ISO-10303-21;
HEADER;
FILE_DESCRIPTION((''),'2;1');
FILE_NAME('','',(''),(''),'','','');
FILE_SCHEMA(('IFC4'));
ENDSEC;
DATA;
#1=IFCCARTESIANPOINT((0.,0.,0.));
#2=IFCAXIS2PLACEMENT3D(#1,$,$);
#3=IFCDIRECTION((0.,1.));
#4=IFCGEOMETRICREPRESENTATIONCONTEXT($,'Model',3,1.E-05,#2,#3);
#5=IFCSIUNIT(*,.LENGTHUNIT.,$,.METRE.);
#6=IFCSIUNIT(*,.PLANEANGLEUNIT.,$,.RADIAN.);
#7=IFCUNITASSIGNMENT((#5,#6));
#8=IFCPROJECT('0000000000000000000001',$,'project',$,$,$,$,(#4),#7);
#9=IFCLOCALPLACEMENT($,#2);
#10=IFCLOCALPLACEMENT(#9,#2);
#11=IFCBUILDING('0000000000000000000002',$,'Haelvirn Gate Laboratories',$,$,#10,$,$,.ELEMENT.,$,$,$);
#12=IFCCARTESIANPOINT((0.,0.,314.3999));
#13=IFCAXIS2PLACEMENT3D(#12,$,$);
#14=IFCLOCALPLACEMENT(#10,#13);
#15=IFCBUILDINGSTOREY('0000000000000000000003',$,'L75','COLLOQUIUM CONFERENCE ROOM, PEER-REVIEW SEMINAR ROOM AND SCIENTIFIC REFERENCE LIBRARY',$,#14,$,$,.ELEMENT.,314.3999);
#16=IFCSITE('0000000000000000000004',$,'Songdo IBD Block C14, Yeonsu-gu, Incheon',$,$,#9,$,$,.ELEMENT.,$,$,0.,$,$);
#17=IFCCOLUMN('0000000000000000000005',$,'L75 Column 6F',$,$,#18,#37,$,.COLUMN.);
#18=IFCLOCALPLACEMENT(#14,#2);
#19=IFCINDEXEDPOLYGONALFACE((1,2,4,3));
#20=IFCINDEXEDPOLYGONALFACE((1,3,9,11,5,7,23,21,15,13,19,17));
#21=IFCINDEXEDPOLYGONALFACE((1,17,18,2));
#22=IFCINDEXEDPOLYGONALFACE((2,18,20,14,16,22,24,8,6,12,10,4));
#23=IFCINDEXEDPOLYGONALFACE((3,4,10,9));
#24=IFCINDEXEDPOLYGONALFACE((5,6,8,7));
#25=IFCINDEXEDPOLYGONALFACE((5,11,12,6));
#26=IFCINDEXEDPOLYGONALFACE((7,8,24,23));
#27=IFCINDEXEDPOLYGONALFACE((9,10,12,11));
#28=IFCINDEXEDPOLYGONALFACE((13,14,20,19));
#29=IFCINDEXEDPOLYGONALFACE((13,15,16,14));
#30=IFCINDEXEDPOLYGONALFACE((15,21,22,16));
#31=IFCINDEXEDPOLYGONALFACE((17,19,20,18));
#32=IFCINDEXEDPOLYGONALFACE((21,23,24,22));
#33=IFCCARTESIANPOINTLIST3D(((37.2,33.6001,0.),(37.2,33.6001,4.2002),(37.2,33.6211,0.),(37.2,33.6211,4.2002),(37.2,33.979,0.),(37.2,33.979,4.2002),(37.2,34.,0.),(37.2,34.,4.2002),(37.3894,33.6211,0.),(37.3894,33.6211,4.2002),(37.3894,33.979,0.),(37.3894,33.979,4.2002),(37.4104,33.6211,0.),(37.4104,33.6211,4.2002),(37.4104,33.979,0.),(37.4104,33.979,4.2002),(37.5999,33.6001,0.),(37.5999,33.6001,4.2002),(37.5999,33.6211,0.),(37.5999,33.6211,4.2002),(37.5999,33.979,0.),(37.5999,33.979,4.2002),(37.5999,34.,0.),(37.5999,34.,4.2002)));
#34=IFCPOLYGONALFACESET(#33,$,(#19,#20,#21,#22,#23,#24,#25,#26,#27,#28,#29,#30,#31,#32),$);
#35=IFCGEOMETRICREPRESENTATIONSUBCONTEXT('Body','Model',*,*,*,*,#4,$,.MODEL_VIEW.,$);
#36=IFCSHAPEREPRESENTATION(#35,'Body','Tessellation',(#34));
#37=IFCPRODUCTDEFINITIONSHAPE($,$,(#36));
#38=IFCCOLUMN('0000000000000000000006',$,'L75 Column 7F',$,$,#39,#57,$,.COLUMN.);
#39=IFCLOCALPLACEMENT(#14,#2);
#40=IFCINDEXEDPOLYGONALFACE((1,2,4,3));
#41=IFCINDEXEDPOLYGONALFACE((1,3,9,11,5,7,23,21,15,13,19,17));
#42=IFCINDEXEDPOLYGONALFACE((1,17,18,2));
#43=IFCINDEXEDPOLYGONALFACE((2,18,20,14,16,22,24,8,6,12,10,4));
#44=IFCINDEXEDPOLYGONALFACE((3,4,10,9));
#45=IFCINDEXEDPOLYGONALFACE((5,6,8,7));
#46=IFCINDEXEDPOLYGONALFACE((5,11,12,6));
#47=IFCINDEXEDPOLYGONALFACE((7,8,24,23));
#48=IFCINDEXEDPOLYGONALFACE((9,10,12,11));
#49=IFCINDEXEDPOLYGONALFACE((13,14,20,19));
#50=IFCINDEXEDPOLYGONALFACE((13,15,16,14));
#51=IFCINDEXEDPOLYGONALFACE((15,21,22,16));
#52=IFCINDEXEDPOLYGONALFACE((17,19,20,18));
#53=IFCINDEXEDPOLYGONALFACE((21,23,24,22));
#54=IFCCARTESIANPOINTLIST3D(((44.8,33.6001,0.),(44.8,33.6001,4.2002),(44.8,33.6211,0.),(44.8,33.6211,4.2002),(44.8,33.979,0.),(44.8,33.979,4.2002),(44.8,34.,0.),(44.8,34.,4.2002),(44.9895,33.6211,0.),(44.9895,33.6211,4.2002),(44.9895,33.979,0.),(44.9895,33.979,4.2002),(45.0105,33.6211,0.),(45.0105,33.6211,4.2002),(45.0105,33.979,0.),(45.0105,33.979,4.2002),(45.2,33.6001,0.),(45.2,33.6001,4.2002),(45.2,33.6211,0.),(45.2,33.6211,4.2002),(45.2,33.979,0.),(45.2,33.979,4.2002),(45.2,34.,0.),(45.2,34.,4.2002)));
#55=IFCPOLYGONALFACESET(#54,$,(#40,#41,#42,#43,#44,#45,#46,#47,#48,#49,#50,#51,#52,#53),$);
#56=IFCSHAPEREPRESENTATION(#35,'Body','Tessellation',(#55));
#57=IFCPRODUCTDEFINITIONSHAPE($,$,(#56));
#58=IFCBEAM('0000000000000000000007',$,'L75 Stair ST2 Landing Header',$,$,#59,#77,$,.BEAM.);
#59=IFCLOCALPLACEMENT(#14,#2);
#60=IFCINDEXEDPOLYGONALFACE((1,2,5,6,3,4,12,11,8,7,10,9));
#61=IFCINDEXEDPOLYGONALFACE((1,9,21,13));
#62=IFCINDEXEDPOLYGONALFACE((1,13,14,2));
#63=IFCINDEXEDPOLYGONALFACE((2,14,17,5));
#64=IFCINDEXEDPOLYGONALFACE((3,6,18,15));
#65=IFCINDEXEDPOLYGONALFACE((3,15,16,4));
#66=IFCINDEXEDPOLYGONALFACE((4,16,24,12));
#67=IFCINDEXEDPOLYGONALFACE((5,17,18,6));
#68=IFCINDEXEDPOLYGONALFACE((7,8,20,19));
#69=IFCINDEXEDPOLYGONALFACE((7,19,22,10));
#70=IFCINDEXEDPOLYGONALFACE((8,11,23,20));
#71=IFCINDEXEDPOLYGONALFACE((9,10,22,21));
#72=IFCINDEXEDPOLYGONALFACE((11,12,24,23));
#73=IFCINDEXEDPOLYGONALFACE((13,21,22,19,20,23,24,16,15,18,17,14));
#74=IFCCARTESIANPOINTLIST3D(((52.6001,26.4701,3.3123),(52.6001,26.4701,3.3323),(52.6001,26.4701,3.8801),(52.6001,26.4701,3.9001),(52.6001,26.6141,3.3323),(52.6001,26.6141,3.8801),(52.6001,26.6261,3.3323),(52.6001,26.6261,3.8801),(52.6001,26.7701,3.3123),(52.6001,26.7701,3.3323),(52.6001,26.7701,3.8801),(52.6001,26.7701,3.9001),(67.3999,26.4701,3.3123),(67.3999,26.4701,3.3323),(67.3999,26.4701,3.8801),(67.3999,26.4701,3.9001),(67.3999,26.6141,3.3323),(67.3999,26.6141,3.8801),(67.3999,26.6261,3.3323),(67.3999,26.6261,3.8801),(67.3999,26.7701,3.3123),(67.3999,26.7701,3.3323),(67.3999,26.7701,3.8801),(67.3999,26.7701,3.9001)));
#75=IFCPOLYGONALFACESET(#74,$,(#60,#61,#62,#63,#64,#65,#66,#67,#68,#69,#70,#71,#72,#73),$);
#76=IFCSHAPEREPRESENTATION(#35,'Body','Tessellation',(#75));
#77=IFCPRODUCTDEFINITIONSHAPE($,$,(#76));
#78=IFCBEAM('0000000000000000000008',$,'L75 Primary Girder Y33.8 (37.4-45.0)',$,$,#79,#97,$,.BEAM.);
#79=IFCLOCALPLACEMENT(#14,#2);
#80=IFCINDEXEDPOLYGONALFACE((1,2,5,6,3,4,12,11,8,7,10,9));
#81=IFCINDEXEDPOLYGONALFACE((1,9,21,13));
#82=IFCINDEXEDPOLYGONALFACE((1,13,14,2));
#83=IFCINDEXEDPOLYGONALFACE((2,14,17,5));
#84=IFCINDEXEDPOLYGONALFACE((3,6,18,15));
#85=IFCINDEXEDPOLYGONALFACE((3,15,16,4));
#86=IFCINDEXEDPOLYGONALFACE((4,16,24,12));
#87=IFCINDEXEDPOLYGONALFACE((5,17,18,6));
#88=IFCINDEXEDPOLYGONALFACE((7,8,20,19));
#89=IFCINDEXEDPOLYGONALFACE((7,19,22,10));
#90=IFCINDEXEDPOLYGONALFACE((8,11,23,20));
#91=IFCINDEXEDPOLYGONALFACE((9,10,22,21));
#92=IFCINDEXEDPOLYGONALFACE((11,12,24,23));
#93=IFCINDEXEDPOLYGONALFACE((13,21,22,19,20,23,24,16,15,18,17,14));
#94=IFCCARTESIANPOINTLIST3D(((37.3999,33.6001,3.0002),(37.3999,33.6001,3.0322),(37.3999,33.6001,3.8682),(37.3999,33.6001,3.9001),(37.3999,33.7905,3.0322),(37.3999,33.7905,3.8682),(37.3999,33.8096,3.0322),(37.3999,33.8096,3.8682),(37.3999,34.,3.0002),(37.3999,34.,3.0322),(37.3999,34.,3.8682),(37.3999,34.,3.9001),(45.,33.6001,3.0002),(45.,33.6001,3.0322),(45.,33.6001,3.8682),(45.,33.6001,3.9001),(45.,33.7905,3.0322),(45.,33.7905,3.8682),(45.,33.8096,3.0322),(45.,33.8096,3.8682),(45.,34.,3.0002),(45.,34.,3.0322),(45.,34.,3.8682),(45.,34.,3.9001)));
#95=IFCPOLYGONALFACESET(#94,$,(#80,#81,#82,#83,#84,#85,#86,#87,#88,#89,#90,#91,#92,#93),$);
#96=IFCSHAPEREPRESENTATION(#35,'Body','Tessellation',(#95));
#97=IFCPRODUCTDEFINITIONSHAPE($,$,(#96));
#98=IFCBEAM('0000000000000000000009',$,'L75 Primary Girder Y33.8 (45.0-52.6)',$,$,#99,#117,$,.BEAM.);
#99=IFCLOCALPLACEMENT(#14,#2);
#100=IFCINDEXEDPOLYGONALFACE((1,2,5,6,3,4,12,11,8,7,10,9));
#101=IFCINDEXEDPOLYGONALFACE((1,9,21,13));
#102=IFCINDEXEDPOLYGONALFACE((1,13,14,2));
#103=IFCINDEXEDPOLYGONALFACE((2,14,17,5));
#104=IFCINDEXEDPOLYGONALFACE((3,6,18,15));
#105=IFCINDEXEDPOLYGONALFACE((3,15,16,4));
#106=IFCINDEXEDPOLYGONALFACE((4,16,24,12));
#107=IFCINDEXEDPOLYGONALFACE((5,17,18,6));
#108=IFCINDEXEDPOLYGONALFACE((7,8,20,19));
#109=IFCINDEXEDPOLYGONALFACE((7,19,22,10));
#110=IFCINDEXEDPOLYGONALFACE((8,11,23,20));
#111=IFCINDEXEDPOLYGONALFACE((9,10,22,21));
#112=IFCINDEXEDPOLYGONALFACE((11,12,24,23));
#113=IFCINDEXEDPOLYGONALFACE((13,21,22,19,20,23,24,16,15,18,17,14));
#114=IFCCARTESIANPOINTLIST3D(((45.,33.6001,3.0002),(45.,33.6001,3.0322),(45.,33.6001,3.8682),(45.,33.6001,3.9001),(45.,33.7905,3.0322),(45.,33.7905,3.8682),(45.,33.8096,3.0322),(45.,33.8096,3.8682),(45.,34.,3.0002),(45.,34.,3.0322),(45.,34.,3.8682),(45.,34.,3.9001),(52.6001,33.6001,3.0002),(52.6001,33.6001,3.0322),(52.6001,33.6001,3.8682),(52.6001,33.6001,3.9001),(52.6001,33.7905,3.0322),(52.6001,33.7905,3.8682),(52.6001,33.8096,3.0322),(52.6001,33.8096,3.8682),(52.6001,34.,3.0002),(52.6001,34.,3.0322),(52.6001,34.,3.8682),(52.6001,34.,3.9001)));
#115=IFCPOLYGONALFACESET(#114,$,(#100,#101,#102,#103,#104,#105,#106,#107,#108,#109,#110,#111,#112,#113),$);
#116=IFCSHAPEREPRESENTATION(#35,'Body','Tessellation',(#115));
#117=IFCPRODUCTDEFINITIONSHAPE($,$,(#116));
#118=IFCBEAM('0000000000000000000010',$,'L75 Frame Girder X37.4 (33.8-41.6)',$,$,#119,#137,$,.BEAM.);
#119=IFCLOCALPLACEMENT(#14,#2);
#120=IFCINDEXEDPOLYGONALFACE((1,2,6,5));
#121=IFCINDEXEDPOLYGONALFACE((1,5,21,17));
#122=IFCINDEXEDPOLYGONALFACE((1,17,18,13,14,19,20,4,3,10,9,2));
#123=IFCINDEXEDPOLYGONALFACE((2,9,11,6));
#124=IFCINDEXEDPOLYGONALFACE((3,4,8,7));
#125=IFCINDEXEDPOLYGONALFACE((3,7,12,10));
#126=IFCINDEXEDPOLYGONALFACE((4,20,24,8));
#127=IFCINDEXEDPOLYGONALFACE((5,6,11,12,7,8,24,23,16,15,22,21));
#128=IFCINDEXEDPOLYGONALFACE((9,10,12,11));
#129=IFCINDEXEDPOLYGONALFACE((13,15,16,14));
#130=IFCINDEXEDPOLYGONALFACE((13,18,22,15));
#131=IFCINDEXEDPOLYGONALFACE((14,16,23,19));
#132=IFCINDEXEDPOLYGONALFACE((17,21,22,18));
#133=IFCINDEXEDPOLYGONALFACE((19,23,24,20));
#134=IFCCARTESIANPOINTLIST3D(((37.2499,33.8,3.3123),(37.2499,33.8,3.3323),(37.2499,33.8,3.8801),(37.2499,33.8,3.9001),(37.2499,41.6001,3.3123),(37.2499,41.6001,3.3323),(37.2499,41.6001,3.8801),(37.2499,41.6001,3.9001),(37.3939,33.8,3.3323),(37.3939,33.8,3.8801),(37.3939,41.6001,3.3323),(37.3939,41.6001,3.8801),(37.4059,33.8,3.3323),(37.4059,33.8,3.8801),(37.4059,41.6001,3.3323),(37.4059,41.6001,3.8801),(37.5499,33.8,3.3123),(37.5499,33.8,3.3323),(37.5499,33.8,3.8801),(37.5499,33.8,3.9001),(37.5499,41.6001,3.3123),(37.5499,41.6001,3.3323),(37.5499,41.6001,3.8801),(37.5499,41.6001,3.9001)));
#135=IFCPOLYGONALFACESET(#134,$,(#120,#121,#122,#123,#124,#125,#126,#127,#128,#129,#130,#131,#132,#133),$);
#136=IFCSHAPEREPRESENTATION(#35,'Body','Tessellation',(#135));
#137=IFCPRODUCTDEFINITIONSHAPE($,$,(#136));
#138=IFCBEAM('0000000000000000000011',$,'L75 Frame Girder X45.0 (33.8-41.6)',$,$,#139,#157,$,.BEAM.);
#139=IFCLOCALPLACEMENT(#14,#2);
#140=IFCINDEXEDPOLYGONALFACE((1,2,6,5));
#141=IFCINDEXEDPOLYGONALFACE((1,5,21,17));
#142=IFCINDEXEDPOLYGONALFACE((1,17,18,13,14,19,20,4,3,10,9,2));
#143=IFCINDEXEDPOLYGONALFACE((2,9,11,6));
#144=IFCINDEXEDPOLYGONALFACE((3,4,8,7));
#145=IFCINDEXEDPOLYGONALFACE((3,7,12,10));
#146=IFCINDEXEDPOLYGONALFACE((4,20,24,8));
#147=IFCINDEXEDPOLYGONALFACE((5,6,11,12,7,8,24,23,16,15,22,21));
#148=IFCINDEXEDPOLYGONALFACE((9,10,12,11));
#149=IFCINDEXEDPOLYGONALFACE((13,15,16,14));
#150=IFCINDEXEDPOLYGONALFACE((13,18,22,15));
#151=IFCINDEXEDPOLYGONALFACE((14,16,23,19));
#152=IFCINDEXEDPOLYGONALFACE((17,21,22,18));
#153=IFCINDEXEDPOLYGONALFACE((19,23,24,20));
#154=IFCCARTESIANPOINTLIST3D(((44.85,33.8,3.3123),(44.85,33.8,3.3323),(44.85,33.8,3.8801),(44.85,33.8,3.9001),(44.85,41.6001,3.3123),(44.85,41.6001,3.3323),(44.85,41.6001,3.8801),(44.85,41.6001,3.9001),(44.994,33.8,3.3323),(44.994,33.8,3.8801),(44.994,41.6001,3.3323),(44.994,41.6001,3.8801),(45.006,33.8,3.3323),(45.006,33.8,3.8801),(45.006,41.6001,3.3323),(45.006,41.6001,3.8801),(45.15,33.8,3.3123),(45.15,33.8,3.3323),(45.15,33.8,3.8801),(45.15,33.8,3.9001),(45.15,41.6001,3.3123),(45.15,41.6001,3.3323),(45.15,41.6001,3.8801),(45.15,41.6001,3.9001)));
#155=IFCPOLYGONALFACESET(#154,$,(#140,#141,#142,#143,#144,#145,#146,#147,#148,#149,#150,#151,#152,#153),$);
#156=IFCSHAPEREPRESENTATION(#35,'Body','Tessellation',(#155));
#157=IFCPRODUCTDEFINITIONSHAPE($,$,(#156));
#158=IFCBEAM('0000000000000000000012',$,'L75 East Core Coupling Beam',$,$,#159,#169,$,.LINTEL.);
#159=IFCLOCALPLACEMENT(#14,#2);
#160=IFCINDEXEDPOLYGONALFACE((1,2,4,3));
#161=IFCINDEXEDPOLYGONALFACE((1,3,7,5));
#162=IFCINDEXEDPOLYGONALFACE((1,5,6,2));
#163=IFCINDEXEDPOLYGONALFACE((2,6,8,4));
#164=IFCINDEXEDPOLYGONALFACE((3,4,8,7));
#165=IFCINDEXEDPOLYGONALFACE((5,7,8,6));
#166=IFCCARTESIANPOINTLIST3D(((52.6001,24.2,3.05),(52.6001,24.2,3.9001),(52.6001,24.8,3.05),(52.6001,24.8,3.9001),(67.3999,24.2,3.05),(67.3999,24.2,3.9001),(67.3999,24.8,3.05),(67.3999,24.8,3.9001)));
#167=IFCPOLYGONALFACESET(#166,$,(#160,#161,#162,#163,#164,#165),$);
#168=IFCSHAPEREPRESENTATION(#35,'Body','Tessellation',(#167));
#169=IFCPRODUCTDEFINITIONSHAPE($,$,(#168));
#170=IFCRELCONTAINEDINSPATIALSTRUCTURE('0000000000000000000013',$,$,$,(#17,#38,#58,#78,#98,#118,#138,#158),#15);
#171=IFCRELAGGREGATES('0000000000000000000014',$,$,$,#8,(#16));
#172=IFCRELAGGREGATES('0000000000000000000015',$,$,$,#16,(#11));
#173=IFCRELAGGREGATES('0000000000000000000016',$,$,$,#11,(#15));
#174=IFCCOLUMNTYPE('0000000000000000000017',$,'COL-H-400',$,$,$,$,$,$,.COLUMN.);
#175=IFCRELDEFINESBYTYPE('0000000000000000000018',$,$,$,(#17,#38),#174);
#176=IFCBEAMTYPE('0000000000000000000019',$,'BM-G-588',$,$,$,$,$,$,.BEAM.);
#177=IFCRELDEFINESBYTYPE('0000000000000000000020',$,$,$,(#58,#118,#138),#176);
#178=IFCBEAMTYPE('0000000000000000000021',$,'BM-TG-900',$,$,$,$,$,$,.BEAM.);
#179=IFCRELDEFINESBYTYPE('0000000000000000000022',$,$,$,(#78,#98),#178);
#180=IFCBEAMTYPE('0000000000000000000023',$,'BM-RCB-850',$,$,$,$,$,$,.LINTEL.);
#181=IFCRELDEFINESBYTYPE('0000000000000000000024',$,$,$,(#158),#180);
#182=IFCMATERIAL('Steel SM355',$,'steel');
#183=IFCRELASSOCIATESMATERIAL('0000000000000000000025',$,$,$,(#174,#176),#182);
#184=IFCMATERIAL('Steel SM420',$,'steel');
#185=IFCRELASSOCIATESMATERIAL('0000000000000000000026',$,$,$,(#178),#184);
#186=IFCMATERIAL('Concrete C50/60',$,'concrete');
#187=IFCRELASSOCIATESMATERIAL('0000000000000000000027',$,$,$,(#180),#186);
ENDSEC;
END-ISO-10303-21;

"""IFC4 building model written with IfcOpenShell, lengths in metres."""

from ifc_helpers import new_model, si_unit, direction, frame, origin, origin_2d, place, context, subcontext, project, spatial, rectangle, i_section, extrude, source, transform, mapped, material, material_profile, profile_set, type_object, type_shapes, element, save


model = new_model("IFC4")

# Units and contexts
model_context = context("Model", 3, precision=1e-05, world=origin(), true_north=direction((0.0, 1.0)))
body_context = subcontext(model_context, "Body", "Model", "MODEL_VIEW")
ifc_project = project(units=[si_unit("LENGTHUNIT", "METRE"), si_unit("PLANEANGLEUNIT", "RADIAN")], contexts=[model_context])

# Site, building, storey
site_placement = place(None, origin())
site = spatial("IfcSite", under=ifc_project, at=site_placement, Name="Songdo IBD Block C14, Yeonsu-gu, Incheon", CompositionType="ELEMENT", RefElevation=0.0)
building_placement = place(site_placement, origin())
building = spatial("IfcBuilding", under=site, at=building_placement, Name="Haelvirn Gate Laboratories", CompositionType="ELEMENT")
storey_placement = place(building_placement, frame((0.0, 0.0, 314.3999)))
storey = spatial("IfcBuildingStorey", under=building, at=storey_placement, Name="L75", Description="COLLOQUIUM CONFERENCE ROOM, PEER-REVIEW SEMINAR ROOM AND SCIENTIFIC REFERENCE LIBRARY", CompositionType="ELEMENT", Elevation=314.3999)

# Columns
ifc_material_1 = material(Name="Steel SM355", Category="steel")
ifc_material_profile_1 = material_profile(ifc_material_1, i_section(OverallWidth=0.3999, OverallDepth=0.3999, WebThickness=0.021, FlangeThickness=0.021, at=origin_2d()), Name="H-400x400x21x21")
ifc_profile_set_1 = profile_set([ifc_material_profile_1], Name="Steel SM355")
column_type = type_object("IfcColumnType", Name="COL-H-400", PredefinedType="COLUMN", material=ifc_profile_set_1)
shared_shape_1 = source(origin(), body_context, "Body", "SweptSolid", [
    extrude(i_section(OverallWidth=0.3999, OverallDepth=0.3999, WebThickness=0.021, FlangeThickness=0.021, at=origin_2d()), origin(), (0.0, 0.0, 1.0), 4.2002),
])
type_shapes(column_type, [shared_shape_1])
for number, where, z_axis, x_axis, name in (
    (1, (37.3999, 33.8, 0.0), (0.0, 0.0, 1.0), (1.0, 0.0, 0.0), "L75 Column 6F"),
    (2, (45.0, 33.8, 0.0), (0.0, 0.0, 1.0), (1.0, 0.0, 0.0), "L75 Column 7F"),
):
    element("IfcColumn", number, at=place(storey_placement, frame(where, z_axis=z_axis, x_axis=x_axis)), inside=storey, type_object=column_type, Name=name, PredefinedType="COLUMN", context=body_context, shape_type="MappedRepresentation", body=[
        mapped(shared_shape_1, transform((0.0, 0.0, 0.0), scale=1.0)),
    ])

# Beams
ifc_material_profile_2 = material_profile(ifc_material_1, i_section(OverallWidth=0.3, OverallDepth=0.5879, WebThickness=0.012, FlangeThickness=0.02, at=origin_2d()), Name="H-588x300x12x20")
ifc_profile_set_2 = profile_set([ifc_material_profile_2], Name="Steel SM355")
beam_type_1 = type_object("IfcBeamType", Name="BM-G-588", PredefinedType="BEAM", material=ifc_profile_set_2)
shared_shape_2 = source(origin(), body_context, "Body", "SweptSolid", [
    extrude(i_section(OverallWidth=0.3, OverallDepth=0.5879, WebThickness=0.012, FlangeThickness=0.02, at=origin_2d()), origin(), (0.0, 0.0, 1.0), 14.7998),
])
beam_1_placement = place(storey_placement, frame((52.6001, 26.6201, 3.6062), z_axis=(1.0, 0.0, 0.0), x_axis=(0.0, 1.0, 0.0)))
element("IfcBeam", 3, at=beam_1_placement, inside=storey, type_object=beam_type_1, Name="L75 Stair ST2 Landing Header", PredefinedType="BEAM", context=body_context, shape_type="MappedRepresentation", body=[
    mapped(shared_shape_2, transform((0.0, 0.0, 0.0), scale=1.0)),
])
ifc_material_2 = material(Name="Steel SM420", Category="steel")
ifc_material_profile_3 = material_profile(ifc_material_2, i_section(OverallWidth=0.3999, OverallDepth=0.8999, WebThickness=0.019, FlangeThickness=0.032, at=origin_2d()), Name="H-900x400x19x32")
ifc_profile_set_3 = profile_set([ifc_material_profile_3], Name="Steel SM420")
beam_type_2 = type_object("IfcBeamType", Name="BM-TG-900", PredefinedType="BEAM", material=ifc_profile_set_3)
shared_shape_3 = source(origin(), body_context, "Body", "SweptSolid", [
    extrude(i_section(OverallWidth=0.3999, OverallDepth=0.8999, WebThickness=0.019, FlangeThickness=0.032, at=origin_2d()), origin(), (0.0, 0.0, 1.0), 7.6001),
])
type_shapes(beam_type_2, [shared_shape_3])
for number, where, z_axis, x_axis, name in (
    (4, (37.3999, 33.8, 3.4502), (1.0, 0.0, 0.0), (0.0, 1.0, 0.0), "L75 Primary Girder Y33.8 (37.4-45.0)"),
    (5, (45.0, 33.8, 3.4502), (1.0, 0.0, 0.0), (0.0, 1.0, 0.0), "L75 Primary Girder Y33.8 (45.0-52.6)"),
):
    element("IfcBeam", number, at=place(storey_placement, frame(where, z_axis=z_axis, x_axis=x_axis)), inside=storey, type_object=beam_type_2, Name=name, PredefinedType="BEAM", context=body_context, shape_type="MappedRepresentation", body=[
        mapped(shared_shape_3, transform((0.0, 0.0, 0.0), scale=1.0)),
    ])
shared_shape_4 = source(origin(), body_context, "Body", "SweptSolid", [
    extrude(i_section(OverallWidth=0.3, OverallDepth=0.5879, WebThickness=0.012, FlangeThickness=0.02, at=origin_2d()), origin(), (0.0, 0.0, 1.0), 7.8),
])
type_shapes(beam_type_1, [shared_shape_2, shared_shape_4])
for number, where, z_axis, x_axis, name in (
    (6, (37.3999, 33.8, 3.6062), (0.0, 1.0, 0.0), (-1.0, 0.0, 0.0), "L75 Frame Girder X37.4 (33.8-41.6)"),
    (7, (45.0, 33.8, 3.6062), (0.0, 1.0, 0.0), (-1.0, 0.0, 0.0), "L75 Frame Girder X45.0 (33.8-41.6)"),
):
    element("IfcBeam", number, at=place(storey_placement, frame(where, z_axis=z_axis, x_axis=x_axis)), inside=storey, type_object=beam_type_1, Name=name, PredefinedType="BEAM", context=body_context, shape_type="MappedRepresentation", body=[
        mapped(shared_shape_4, transform((0.0, 0.0, 0.0), scale=1.0)),
    ])
ifc_material_3 = material(Name="Concrete C50/60", Category="concrete")
ifc_material_profile_4 = material_profile(ifc_material_3, rectangle(XDim=0.6001, YDim=0.8501, at=origin_2d()), Name="RCB-600x850")
ifc_profile_set_4 = profile_set([ifc_material_profile_4], Name="Concrete C50/60")
beam_type_3 = type_object("IfcBeamType", Name="BM-RCB-850", PredefinedType="LINTEL", material=ifc_profile_set_4)
shared_shape_5 = source(origin(), body_context, "Body", "SweptSolid", [
    extrude(rectangle(XDim=0.6001, YDim=0.8501, at=origin_2d()), origin(), (0.0, 0.0, 1.0), 14.7998),
])
type_shapes(beam_type_3, [shared_shape_5])
beam_2_placement = place(storey_placement, frame((52.6001, 24.5, 3.4751), z_axis=(1.0, 0.0, 0.0), x_axis=(0.0, 1.0, 0.0)))
element("IfcBeam", 8, at=beam_2_placement, inside=storey, type_object=beam_type_3, Name="L75 East Core Coupling Beam", PredefinedType="LINTEL", context=body_context, shape_type="MappedRepresentation", body=[
    mapped(shared_shape_5, transform((0.0, 0.0, 0.0), scale=1.0)),
])

save(model, "model.ifc")
